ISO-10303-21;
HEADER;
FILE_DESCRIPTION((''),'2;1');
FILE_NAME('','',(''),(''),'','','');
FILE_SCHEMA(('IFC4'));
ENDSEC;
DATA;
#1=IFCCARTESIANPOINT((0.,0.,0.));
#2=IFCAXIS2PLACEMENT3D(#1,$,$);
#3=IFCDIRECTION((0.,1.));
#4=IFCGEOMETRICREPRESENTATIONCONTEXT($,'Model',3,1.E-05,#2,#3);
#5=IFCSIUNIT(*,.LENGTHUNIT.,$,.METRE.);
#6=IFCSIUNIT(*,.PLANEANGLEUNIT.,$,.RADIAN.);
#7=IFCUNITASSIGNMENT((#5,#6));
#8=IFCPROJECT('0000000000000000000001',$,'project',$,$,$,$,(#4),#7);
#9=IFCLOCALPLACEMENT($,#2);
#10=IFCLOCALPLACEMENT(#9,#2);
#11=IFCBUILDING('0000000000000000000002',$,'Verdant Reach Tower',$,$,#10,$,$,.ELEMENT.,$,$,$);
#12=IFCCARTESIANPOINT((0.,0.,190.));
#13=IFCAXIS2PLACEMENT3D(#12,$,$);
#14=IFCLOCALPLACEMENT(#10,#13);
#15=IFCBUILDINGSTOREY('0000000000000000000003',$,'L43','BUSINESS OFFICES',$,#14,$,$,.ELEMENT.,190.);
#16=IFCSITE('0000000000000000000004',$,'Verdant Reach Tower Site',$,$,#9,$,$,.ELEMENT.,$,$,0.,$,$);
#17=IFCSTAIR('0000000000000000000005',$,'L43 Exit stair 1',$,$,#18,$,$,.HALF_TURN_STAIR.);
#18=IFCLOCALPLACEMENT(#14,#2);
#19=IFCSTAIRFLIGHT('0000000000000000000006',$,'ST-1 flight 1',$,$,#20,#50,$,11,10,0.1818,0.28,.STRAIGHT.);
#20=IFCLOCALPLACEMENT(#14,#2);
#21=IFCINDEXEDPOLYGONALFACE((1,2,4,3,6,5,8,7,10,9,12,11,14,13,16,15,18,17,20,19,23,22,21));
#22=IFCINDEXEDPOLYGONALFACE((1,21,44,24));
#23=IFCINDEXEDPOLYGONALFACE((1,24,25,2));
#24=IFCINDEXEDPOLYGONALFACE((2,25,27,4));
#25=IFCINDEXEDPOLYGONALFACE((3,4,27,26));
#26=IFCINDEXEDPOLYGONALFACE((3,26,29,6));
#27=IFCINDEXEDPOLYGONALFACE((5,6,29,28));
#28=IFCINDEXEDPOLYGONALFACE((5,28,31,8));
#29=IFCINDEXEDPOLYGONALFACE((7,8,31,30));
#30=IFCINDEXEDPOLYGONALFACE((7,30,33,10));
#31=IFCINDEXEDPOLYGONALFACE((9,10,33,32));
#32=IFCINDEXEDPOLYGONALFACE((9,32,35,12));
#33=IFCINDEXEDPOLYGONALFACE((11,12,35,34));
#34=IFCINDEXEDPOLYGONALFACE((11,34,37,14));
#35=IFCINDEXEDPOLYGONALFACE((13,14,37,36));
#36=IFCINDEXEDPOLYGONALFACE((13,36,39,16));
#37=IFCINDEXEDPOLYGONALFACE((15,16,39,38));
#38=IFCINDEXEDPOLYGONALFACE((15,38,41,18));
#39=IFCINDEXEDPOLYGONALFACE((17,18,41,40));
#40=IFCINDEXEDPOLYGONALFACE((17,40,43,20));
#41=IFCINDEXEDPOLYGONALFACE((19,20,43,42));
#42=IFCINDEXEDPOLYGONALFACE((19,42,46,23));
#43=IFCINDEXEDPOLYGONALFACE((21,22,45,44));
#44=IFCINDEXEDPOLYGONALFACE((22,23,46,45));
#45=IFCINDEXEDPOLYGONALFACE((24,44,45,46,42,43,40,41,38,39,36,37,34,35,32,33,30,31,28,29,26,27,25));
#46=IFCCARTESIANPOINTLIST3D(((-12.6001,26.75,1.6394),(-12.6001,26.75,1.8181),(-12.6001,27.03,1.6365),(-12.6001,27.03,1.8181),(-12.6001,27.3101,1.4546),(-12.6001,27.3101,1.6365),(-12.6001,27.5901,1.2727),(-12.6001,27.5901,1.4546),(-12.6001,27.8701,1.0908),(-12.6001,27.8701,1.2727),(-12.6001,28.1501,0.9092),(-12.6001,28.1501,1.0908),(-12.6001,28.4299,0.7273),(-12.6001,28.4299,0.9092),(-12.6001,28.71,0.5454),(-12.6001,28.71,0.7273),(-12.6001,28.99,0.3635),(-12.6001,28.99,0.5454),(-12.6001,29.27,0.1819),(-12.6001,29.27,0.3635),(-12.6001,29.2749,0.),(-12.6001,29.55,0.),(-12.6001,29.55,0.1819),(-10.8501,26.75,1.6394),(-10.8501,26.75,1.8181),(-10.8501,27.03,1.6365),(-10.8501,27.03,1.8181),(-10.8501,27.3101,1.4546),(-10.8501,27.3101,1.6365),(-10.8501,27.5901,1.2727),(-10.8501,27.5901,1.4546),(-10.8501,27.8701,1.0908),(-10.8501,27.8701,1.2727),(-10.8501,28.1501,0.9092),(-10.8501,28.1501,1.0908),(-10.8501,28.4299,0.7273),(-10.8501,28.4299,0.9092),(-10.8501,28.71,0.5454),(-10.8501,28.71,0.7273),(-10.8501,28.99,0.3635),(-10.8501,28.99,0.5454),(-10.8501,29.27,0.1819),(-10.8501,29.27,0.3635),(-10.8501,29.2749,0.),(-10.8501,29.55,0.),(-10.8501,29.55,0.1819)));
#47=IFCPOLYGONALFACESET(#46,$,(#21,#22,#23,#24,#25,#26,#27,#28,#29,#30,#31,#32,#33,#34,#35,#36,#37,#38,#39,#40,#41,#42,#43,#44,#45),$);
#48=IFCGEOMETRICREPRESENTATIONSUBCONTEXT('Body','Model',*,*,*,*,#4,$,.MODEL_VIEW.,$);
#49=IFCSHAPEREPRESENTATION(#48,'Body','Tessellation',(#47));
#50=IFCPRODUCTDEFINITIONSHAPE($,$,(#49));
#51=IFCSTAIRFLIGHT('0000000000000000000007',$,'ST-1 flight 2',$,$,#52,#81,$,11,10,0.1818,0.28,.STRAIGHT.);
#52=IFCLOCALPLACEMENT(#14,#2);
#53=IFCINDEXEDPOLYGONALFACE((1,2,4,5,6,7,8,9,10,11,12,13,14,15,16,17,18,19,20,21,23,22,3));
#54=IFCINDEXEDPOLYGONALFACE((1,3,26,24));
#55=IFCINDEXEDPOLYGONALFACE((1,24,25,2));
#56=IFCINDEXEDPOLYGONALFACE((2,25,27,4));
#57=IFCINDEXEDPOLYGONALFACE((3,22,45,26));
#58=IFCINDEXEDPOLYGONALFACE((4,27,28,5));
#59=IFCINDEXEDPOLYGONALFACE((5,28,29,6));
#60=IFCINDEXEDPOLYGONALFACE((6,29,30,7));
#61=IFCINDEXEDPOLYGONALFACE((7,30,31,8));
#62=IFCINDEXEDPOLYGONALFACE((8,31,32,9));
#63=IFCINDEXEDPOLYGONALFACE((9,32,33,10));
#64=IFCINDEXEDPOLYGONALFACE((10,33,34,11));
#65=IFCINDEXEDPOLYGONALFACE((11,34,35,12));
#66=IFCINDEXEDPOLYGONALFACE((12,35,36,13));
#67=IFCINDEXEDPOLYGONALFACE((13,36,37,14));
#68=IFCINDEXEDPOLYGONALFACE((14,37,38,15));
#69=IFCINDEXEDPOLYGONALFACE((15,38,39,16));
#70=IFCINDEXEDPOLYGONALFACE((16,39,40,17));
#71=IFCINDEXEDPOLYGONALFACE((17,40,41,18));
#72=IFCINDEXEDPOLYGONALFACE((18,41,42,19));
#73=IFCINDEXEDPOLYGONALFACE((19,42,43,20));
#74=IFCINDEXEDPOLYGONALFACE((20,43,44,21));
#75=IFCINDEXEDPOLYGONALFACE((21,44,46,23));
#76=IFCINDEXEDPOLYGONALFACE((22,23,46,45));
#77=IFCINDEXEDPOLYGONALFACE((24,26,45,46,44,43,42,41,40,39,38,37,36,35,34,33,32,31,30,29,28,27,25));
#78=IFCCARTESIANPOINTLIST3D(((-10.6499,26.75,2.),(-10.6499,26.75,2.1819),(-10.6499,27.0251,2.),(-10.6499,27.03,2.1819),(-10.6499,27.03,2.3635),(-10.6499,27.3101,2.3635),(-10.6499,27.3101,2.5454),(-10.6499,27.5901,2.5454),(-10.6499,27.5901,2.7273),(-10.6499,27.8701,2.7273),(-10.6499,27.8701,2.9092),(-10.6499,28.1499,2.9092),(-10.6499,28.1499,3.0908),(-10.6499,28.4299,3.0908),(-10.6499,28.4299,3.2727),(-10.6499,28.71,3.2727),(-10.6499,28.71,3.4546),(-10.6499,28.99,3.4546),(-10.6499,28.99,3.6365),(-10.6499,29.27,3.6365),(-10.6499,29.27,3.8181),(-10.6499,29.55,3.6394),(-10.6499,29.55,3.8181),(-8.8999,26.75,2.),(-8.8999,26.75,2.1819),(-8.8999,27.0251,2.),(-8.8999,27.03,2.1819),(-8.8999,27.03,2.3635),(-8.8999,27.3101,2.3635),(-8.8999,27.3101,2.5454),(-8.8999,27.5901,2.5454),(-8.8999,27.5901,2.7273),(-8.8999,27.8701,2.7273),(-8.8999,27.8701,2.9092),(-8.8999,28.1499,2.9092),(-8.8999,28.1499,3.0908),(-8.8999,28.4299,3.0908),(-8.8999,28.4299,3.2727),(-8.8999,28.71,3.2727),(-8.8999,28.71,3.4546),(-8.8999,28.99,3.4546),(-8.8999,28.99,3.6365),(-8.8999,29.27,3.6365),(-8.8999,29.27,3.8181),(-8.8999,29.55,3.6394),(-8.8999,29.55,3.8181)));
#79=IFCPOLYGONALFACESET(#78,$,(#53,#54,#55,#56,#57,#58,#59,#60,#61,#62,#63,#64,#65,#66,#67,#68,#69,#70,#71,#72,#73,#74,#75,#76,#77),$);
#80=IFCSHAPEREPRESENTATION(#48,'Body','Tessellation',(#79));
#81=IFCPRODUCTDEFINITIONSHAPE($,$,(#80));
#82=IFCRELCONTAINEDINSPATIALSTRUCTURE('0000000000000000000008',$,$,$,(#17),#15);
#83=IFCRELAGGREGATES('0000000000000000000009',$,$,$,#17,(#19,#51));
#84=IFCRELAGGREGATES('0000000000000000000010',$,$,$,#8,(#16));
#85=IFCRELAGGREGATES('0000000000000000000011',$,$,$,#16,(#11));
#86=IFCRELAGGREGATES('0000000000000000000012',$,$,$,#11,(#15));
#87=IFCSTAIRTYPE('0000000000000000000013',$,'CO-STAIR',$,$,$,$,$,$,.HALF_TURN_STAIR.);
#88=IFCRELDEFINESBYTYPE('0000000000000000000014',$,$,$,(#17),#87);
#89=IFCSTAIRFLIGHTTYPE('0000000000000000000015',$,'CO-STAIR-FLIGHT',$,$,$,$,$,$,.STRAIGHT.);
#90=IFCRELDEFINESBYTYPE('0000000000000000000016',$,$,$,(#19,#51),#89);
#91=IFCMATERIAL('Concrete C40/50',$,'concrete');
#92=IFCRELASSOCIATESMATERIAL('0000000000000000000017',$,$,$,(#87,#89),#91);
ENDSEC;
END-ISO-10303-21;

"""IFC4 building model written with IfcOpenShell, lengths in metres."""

from ifc_helpers import new_model, si_unit, direction, frame, origin, place, context, subcontext, project, spatial, polyline, outline, extrude, material, type_object, element, aggregate, save


model = new_model("IFC4")

# Units and contexts
model_context = context("Model", 3, precision=1e-05, world=origin(), true_north=direction((0.0, 1.0)))
body_context = subcontext(model_context, "Body", "Model", "MODEL_VIEW")
ifc_project = project(units=[si_unit("LENGTHUNIT", "METRE"), si_unit("PLANEANGLEUNIT", "RADIAN")], contexts=[model_context])

# Site, building, storey
site_placement = place(None, origin())
site = spatial("IfcSite", under=ifc_project, at=site_placement, Name="Verdant Reach Tower Site", CompositionType="ELEMENT", RefElevation=0.0)
building_placement = place(site_placement, origin())
building = spatial("IfcBuilding", under=site, at=building_placement, Name="Verdant Reach Tower", CompositionType="ELEMENT")
storey_placement = place(building_placement, frame((0.0, 0.0, 190.0)))
storey = spatial("IfcBuildingStorey", under=building, at=storey_placement, Name="L43", Description="BUSINESS OFFICES", CompositionType="ELEMENT", Elevation=190.0)

# Shared definitions
ifc_material_1 = material(Name="Concrete C40/50", Category="concrete")

# Stair, stair flights
stair_type = type_object("IfcStairType", Name="CO-STAIR", PredefinedType="HALF_TURN_STAIR", material=ifc_material_1)
stair_placement = place(storey_placement, origin())
stair = element("IfcStair", 1, at=stair_placement, inside=storey, type_object=stair_type, Name="L43 Exit stair 1", PredefinedType="HALF_TURN_STAIR")
stair_flight_type = type_object("IfcStairFlightType", Name="CO-STAIR-FLIGHT", PredefinedType="STRAIGHT", material=ifc_material_1)
stair_flight_1_placement = place(storey_placement, frame((-11.7251, 29.55, 0.0), z_axis=(0.0, 0.0, 1.0), x_axis=(0.0, -1.0, 0.0)))
stair_flight_1 = element("IfcStairFlight", 2, at=stair_flight_1_placement, type_object=stair_flight_type, Name="ST-1 flight 1", NumberOfRisers=11, NumberOfTreads=10, PredefinedType="STRAIGHT", RiserHeight=0.1818, TreadLength=0.28, context=body_context, shape_type="SweptSolid", body=[
    extrude(outline(polyline([(0.0, 0.0), (0.0, 0.1819), (0.28, 0.1819), (0.28, 0.3635), (0.5601, 0.3635), (0.5601, 0.5454), (0.8401, 0.5454), (0.8401, 0.7273), (1.1201, 0.7273), (1.1201, 0.9092), (1.3999, 0.9092), (1.3999, 1.0908), (1.6799, 1.0908), (1.6799, 1.2727), (1.96, 1.2727), (1.96, 1.4546), (2.24, 1.4546), (2.24, 1.6365), (2.52, 1.6365), (2.52, 1.8181), (2.8, 1.8181), (2.8, 2.0), (2.8, 1.6394), (0.2751, 0.0), (0.0, 0.0)])), frame((0.0, 0.875, 0.0), z_axis=(0.0, -1.0, 0.0), x_axis=(1.0, 0.0, 0.0)), (0.0, 0.0, 1.0), 1.75),
])
stair_flight_2_placement = place(storey_placement, frame((-9.7749, 26.75, 2.0), z_axis=(0.0, 0.0, 1.0), x_axis=(0.0, 1.0, 0.0)))
stair_flight_2 = element("IfcStairFlight", 3, at=stair_flight_2_placement, type_object=stair_flight_type, Name="ST-1 flight 2", NumberOfRisers=11, NumberOfTreads=10, PredefinedType="STRAIGHT", RiserHeight=0.1818, TreadLength=0.28, context=body_context, shape_type="SweptSolid", body=[
    extrude(outline(polyline([(0.0, 0.0), (0.0, 0.1819), (0.28, 0.1819), (0.28, 0.3635), (0.5601, 0.3635), (0.5601, 0.5454), (0.8401, 0.5454), (0.8401, 0.7273), (1.1201, 0.7273), (1.1201, 0.9092), (1.3999, 0.9092), (1.3999, 1.0908), (1.6799, 1.0908), (1.6799, 1.2727), (1.96, 1.2727), (1.96, 1.4546), (2.24, 1.4546), (2.24, 1.6365), (2.52, 1.6365), (2.52, 1.8181), (2.8, 1.8181), (2.8, 2.0), (2.8, 1.6394), (0.2751, 0.0), (0.0, 0.0)])), frame((0.0, 0.875, 0.0), z_axis=(0.0, -1.0, 0.0), x_axis=(1.0, 0.0, 0.0)), (0.0, 0.0, 1.0), 1.75),
])
aggregate(stair, [stair_flight_1, stair_flight_2])

save(model, "model.ifc")
